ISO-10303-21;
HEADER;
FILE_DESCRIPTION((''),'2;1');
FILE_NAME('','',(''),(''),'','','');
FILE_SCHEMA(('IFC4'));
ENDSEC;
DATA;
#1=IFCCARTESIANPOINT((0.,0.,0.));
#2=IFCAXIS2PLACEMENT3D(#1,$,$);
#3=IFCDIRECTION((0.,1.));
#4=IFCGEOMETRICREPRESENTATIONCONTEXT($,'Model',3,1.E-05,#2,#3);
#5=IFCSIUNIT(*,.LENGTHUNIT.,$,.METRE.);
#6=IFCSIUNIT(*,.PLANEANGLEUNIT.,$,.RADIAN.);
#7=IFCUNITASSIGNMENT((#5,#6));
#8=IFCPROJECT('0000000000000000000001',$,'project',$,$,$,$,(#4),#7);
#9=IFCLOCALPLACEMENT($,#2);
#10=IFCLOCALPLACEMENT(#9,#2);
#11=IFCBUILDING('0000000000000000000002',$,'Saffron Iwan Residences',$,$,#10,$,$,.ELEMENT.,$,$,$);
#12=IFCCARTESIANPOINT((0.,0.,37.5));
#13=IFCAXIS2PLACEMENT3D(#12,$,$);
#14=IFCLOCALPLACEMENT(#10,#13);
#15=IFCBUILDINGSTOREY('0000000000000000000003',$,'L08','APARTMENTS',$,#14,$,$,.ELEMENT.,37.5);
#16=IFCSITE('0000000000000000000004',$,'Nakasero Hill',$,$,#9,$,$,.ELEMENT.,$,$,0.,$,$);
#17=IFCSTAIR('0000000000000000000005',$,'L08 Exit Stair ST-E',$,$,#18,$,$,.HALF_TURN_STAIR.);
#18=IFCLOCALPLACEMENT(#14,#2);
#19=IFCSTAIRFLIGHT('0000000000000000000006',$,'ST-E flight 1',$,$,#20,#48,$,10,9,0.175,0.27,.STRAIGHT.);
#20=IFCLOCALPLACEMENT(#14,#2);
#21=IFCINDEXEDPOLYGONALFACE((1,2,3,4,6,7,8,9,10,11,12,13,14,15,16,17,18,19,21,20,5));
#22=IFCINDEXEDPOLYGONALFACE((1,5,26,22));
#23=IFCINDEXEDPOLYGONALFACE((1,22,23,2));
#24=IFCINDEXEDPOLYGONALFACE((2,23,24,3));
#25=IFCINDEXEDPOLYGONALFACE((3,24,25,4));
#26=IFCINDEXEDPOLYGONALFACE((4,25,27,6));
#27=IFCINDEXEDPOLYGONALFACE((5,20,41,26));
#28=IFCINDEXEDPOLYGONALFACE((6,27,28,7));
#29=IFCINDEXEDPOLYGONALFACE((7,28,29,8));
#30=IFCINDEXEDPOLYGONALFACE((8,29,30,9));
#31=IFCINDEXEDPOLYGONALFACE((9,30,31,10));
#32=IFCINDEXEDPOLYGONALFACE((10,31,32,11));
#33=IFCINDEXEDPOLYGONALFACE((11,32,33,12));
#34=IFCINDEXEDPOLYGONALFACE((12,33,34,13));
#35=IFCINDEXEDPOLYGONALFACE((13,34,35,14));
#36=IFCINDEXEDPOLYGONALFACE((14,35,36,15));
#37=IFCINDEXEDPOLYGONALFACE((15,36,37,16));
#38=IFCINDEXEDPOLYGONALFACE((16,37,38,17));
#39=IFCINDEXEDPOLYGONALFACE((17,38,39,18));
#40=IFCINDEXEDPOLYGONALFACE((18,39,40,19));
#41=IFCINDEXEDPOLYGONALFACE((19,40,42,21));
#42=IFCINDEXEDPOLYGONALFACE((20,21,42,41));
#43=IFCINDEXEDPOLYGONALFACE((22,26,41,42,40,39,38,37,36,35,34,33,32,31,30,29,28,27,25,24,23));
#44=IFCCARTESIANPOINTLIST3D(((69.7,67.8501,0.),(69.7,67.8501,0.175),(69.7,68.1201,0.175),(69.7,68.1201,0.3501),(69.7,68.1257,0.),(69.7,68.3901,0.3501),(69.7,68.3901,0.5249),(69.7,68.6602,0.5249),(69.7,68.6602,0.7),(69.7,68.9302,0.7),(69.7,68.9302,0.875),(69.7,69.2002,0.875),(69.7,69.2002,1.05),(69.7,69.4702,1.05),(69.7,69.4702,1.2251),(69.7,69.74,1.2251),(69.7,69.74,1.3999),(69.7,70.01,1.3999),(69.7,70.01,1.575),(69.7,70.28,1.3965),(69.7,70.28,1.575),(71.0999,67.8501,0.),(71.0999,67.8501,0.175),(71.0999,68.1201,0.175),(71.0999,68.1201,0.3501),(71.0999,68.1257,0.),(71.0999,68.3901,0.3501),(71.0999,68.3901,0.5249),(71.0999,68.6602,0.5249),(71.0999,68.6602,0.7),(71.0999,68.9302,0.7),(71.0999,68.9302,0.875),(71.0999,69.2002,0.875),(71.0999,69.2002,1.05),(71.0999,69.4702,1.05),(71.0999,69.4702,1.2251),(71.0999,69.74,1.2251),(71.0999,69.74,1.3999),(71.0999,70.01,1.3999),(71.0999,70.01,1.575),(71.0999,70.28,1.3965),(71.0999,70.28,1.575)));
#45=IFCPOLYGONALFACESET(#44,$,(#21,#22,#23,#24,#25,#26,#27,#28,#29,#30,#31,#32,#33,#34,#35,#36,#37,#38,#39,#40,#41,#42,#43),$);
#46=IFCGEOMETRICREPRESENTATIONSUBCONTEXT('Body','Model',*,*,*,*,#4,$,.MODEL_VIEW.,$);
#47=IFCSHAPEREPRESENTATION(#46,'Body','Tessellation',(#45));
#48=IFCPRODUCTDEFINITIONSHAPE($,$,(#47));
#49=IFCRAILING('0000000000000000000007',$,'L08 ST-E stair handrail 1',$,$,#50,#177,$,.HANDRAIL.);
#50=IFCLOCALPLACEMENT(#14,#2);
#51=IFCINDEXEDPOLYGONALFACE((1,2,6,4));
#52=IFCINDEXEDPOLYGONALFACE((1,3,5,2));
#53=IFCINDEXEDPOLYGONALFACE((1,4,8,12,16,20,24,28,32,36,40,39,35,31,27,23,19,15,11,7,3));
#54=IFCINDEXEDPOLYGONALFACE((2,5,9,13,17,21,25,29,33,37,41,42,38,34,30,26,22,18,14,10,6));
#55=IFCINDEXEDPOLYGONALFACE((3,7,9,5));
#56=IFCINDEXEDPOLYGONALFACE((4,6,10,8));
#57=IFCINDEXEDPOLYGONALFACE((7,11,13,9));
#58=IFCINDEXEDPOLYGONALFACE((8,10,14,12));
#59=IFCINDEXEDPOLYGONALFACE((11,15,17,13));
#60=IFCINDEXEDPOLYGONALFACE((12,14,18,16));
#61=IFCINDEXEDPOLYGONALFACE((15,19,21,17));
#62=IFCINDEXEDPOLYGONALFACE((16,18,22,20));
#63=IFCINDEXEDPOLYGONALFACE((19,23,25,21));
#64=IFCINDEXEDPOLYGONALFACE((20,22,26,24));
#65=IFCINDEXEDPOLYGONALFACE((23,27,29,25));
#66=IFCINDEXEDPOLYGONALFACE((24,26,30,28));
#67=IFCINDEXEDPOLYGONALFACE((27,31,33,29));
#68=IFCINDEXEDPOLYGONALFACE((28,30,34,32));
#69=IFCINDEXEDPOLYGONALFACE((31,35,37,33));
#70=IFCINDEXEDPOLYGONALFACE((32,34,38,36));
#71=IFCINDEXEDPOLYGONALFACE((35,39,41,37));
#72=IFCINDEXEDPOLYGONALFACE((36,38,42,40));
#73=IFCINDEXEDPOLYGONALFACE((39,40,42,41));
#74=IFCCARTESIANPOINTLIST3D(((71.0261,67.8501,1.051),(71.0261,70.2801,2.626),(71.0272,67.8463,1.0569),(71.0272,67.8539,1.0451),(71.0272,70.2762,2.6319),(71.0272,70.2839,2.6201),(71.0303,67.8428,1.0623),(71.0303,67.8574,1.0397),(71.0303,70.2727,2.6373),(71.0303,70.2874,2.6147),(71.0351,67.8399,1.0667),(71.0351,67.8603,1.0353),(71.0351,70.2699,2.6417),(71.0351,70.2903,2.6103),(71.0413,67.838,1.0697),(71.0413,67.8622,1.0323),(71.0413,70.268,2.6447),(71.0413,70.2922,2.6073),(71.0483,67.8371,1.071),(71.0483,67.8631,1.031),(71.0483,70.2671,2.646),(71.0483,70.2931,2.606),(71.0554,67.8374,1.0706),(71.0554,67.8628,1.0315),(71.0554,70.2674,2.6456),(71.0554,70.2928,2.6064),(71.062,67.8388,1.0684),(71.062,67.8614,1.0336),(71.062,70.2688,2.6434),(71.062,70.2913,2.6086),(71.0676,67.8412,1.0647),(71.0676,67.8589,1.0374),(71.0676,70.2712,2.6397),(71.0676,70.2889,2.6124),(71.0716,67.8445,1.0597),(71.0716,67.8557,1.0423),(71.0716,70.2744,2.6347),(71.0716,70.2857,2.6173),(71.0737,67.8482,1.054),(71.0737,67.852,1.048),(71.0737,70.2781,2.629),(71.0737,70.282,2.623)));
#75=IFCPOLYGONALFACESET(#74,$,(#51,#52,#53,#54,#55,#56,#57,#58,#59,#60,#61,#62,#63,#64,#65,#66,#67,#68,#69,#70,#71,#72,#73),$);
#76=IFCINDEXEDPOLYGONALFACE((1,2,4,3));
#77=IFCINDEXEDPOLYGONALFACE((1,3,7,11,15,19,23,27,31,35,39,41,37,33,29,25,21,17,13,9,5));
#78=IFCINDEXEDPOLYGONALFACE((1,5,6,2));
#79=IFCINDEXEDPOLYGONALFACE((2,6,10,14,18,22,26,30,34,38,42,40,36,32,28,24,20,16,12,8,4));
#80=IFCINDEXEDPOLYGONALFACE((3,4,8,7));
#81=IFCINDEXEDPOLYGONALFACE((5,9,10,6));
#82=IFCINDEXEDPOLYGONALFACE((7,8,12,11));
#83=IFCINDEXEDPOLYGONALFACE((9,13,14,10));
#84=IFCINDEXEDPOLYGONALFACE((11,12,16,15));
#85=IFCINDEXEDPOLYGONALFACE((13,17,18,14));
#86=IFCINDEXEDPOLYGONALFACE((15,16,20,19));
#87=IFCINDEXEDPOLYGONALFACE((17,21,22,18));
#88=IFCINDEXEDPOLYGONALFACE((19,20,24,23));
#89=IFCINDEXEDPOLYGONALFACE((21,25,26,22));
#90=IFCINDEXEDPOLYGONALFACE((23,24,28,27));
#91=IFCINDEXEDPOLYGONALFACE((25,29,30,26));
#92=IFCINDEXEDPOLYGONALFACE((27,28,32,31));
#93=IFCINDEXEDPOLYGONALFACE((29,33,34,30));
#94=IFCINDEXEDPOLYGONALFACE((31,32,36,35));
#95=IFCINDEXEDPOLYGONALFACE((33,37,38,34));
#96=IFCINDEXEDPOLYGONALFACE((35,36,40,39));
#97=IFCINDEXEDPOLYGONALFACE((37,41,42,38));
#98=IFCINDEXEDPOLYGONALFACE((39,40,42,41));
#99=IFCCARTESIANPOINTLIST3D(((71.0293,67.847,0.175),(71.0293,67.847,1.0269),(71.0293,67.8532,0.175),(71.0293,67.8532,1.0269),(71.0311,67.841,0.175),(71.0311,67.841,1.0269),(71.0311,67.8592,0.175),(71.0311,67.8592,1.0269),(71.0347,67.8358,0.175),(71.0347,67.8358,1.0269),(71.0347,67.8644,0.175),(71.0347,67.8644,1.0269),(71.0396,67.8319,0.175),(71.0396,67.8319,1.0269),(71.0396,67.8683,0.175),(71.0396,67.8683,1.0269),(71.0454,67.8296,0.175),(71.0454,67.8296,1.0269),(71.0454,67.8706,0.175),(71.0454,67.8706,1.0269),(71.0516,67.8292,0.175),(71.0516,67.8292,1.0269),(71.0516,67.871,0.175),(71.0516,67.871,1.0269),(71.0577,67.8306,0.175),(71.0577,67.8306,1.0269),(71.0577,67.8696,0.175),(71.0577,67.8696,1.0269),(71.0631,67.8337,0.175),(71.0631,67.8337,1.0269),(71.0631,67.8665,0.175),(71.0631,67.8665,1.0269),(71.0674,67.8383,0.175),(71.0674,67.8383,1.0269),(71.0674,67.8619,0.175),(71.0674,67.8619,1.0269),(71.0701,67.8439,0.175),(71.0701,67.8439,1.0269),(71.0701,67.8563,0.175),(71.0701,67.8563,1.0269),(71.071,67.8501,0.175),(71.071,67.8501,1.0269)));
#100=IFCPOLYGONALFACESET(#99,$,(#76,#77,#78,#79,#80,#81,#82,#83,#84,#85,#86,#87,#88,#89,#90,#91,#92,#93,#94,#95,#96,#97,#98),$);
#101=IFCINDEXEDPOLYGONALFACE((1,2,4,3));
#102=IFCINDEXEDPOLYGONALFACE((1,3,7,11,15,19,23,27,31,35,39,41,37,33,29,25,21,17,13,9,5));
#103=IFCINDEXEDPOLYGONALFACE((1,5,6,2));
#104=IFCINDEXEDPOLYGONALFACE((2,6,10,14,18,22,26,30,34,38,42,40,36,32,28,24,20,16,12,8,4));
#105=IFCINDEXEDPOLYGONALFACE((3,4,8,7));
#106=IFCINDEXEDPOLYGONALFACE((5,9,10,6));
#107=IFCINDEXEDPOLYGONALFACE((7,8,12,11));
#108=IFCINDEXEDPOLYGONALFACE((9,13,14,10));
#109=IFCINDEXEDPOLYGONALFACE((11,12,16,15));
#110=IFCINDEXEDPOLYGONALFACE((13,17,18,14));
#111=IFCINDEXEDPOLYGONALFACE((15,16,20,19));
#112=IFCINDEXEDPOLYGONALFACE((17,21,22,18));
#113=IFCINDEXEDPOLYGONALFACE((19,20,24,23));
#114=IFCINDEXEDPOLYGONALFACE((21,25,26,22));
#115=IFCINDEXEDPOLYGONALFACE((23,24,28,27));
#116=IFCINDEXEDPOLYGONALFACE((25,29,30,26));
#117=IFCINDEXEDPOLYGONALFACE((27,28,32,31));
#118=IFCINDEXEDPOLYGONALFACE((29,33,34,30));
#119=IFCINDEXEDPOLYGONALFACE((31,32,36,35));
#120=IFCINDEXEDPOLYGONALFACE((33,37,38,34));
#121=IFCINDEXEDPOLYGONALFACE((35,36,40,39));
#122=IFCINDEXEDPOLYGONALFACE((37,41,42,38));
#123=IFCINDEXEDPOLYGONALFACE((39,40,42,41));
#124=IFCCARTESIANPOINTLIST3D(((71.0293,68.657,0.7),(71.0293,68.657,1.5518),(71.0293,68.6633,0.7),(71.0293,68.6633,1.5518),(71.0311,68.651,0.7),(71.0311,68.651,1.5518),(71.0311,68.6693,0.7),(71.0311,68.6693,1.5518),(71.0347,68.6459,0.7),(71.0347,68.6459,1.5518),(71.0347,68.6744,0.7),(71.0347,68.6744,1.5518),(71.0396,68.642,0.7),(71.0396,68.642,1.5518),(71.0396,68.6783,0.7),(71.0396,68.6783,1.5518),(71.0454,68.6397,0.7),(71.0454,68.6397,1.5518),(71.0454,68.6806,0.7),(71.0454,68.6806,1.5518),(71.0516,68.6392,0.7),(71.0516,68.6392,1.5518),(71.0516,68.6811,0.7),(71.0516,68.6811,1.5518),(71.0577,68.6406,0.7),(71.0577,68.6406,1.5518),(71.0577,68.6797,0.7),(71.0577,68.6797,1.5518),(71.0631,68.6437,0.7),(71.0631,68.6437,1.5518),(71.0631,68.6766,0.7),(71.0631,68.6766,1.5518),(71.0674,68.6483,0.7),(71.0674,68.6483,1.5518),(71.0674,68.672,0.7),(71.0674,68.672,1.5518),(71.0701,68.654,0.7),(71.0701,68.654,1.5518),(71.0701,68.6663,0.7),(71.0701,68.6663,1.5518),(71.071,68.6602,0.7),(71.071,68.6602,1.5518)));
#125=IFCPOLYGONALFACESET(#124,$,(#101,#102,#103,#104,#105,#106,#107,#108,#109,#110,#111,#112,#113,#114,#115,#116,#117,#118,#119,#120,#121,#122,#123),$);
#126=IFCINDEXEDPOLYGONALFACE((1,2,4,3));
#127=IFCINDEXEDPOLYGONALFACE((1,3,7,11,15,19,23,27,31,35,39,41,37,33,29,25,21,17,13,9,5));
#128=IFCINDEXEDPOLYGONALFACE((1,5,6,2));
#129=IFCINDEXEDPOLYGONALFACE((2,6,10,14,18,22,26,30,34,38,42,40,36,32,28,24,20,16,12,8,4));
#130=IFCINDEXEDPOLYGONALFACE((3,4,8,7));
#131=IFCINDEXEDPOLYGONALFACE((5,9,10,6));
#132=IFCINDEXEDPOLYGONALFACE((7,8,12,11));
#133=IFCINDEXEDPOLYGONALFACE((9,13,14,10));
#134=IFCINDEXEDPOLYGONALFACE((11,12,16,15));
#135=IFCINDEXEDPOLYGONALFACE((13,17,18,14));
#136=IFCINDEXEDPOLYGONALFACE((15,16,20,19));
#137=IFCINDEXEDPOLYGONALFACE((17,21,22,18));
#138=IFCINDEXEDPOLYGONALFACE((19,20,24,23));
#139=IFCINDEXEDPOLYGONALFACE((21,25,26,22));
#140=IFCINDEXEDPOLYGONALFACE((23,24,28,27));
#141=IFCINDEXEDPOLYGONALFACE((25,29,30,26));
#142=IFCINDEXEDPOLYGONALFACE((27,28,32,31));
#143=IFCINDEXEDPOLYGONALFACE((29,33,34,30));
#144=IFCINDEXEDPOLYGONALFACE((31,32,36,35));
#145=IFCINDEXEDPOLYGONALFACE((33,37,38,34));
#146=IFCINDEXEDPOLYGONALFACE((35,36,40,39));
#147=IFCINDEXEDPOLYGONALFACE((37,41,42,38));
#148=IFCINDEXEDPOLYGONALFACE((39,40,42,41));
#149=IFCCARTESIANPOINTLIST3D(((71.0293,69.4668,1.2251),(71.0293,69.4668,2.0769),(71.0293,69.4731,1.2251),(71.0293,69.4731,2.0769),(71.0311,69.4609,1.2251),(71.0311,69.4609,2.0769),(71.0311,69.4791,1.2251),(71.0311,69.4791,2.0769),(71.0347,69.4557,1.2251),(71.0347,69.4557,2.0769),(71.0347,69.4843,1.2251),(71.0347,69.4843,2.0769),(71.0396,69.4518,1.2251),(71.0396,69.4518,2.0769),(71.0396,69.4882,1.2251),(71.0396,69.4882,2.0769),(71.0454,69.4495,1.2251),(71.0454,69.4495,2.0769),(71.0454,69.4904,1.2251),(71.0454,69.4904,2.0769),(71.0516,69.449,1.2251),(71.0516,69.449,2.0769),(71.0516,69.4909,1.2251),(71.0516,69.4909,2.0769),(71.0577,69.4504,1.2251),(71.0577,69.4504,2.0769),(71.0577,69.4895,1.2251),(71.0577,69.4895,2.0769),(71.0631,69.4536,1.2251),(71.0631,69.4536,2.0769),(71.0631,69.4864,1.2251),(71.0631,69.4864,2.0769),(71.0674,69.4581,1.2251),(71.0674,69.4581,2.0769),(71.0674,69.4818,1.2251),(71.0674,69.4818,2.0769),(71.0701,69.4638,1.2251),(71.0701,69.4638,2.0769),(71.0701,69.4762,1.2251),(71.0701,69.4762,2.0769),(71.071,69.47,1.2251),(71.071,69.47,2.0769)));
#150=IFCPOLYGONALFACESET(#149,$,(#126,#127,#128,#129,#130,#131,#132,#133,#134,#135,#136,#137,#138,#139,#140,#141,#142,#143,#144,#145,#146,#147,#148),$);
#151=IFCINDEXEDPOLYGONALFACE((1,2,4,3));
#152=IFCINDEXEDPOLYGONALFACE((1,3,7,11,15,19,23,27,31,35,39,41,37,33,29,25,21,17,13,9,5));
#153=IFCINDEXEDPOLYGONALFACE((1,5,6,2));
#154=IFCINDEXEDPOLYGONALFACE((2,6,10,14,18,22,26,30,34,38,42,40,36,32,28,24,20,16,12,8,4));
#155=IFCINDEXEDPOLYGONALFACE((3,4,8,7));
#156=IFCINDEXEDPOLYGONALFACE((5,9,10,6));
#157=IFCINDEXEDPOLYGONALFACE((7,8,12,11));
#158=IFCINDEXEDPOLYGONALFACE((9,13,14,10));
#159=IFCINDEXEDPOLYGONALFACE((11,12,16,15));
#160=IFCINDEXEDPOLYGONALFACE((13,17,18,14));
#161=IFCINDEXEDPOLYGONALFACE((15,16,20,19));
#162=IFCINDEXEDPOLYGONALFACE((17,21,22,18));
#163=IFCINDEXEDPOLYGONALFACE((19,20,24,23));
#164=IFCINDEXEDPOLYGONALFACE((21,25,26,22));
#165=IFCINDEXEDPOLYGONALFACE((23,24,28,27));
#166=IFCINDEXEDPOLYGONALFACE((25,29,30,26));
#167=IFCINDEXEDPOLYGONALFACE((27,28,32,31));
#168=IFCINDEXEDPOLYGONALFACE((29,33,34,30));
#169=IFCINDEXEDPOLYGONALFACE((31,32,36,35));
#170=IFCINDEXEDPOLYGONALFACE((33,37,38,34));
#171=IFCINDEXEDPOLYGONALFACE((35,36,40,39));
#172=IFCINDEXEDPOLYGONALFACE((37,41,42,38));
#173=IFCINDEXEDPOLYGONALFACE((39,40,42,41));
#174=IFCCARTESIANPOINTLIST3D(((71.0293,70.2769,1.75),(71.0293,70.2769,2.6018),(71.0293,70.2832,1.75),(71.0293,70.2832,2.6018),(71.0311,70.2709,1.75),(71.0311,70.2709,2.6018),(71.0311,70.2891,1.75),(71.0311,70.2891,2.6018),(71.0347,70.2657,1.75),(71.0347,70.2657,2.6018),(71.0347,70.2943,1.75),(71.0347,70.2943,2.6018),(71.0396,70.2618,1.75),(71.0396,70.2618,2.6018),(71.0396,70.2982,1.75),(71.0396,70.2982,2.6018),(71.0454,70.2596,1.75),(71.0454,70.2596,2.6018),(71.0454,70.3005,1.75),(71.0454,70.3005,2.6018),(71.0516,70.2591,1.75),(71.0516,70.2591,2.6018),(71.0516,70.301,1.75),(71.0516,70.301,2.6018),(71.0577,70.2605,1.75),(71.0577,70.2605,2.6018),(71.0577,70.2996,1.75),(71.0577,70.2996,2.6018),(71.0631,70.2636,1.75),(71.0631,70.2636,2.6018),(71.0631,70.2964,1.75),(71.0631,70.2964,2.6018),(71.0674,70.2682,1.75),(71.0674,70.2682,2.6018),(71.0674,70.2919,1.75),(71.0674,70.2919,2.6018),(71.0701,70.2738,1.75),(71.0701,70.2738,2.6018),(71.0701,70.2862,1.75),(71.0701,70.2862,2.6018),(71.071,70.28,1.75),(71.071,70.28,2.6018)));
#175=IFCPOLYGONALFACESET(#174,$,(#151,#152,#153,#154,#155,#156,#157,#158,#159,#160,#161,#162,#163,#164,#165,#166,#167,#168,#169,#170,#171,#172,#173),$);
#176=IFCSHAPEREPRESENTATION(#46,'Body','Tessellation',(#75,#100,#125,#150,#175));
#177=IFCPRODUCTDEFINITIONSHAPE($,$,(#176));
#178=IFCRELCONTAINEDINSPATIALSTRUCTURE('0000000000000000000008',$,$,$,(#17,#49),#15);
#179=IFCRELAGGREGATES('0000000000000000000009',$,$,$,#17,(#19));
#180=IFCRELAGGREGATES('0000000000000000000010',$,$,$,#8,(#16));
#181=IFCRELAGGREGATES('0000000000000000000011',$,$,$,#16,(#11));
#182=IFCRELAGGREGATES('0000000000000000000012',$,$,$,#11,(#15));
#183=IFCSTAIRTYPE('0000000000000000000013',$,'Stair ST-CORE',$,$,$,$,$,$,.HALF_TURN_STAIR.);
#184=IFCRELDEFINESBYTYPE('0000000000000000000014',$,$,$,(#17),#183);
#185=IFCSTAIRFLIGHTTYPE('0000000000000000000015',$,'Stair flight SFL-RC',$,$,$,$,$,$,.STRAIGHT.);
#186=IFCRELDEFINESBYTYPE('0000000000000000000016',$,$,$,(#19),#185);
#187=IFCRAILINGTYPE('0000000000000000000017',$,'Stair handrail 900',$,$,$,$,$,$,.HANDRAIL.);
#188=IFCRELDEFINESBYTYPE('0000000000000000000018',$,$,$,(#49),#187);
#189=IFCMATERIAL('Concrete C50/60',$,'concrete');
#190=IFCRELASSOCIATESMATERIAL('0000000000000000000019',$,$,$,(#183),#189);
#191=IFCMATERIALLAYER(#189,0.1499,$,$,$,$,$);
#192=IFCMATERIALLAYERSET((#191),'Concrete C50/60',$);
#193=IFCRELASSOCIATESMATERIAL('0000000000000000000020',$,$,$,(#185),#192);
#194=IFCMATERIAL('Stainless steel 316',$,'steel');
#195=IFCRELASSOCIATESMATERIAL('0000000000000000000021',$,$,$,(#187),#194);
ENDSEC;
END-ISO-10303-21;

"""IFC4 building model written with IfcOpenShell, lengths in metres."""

from ifc_helpers import new_model, si_unit, direction, frame, origin, origin_2d, place, context, subcontext, project, spatial, polyline, circle, outline, extrude, material, layer, layer_set, type_object, element, aggregate, save


model = new_model("IFC4")

# Units and contexts
model_context = context("Model", 3, precision=1e-05, world=origin(), true_north=direction((0.0, 1.0)))
body_context = subcontext(model_context, "Body", "Model", "MODEL_VIEW")
ifc_project = project(units=[si_unit("LENGTHUNIT", "METRE"), si_unit("PLANEANGLEUNIT", "RADIAN")], contexts=[model_context])

# Site, building, storey
site_placement = place(None, origin())
site = spatial("IfcSite", under=ifc_project, at=site_placement, Name="Nakasero Hill", CompositionType="ELEMENT", RefElevation=0.0)
building_placement = place(site_placement, origin())
building = spatial("IfcBuilding", under=site, at=building_placement, Name="Saffron Iwan Residences", CompositionType="ELEMENT")
storey_placement = place(building_placement, frame((0.0, 0.0, 37.5)))
storey = spatial("IfcBuildingStorey", under=building, at=storey_placement, Name="L08", Description="APARTMENTS", CompositionType="ELEMENT", Elevation=37.5)

# Stair, stair flight
ifc_material_1 = material(Name="Concrete C50/60", Category="concrete")
stair_type = type_object("IfcStairType", Name="Stair ST-CORE", PredefinedType="HALF_TURN_STAIR", material=ifc_material_1)
stair_placement = place(storey_placement, origin())
stair = element("IfcStair", 1, at=stair_placement, inside=storey, type_object=stair_type, Name="L08 Exit Stair ST-E", PredefinedType="HALF_TURN_STAIR")
ifc_layer_1 = layer(ifc_material_1, 0.1499)
ifc_layer_set_1 = layer_set([ifc_layer_1], Name="Concrete C50/60")
stair_flight_type = type_object("IfcStairFlightType", Name="Stair flight SFL-RC", PredefinedType="STRAIGHT", material=ifc_layer_set_1)
stair_flight_placement = place(storey_placement, frame((70.3999, 67.8501, 0.0), z_axis=(0.0, 0.0, 1.0), x_axis=(0.0, 1.0, 0.0)))
stair_flight = element("IfcStairFlight", 2, at=stair_flight_placement, type_object=stair_flight_type, Name="ST-E flight 1", NumberOfRisers=10, NumberOfTreads=9, PredefinedType="STRAIGHT", RiserHeight=0.175, TreadLength=0.27, context=body_context, shape_type="SweptSolid", body=[
    extrude(outline(polyline([(0.0, 0.0), (0.0, 0.175), (0.27, 0.175), (0.27, 0.3501), (0.54, 0.3501), (0.54, 0.5249), (0.8101, 0.5249), (0.8101, 0.7), (1.0801, 0.7), (1.0801, 0.875), (1.3501, 0.875), (1.3501, 1.05), (1.6201, 1.05), (1.6201, 1.2251), (1.8899, 1.2251), (1.8899, 1.3999), (2.1599, 1.3999), (2.1599, 1.575), (2.4299, 1.575), (2.4299, 1.75), (2.4299, 1.3965), (0.2756, 0.0), (0.0, 0.0)])), frame((0.0, 0.7, 0.0), z_axis=(0.0, -1.0, 0.0), x_axis=(1.0, 0.0, 0.0)), (0.0, 0.0, 1.0), 1.3999),
])
aggregate(stair, [stair_flight])

# Railing
ifc_material_2 = material(Name="Stainless steel 316", Category="steel")
railing_type_1 = type_object("IfcRailingType", Name="Stair handrail 900", PredefinedType="HANDRAIL", material=ifc_material_2)
railing_1_placement = place(storey_placement, frame((71.05, 67.8501, 0.175)))
element("IfcRailing", 3, at=railing_1_placement, inside=storey, type_object=railing_type_1, Name="L08 ST-E stair handrail 1", PredefinedType="HANDRAIL", context=body_context, shape_type="SweptSolid", body=[
    extrude(circle(Radius=0.0239, at=origin_2d()), frame((0.0, 0.0, 0.876), z_axis=(0.0, 0.839154, 0.543894), x_axis=(-1.0, 0.0, 0.0)), (0.0, 0.0, 1.0), 2.8958),
    extrude(circle(Radius=0.021, at=origin_2d()), origin(), (0.0, 0.0, 1.0), 0.8518),
    extrude(circle(Radius=0.021, at=origin_2d()), frame((0.0, 0.8101, 0.5249)), (0.0, 0.0, 1.0), 0.8518),
    extrude(circle(Radius=0.021, at=origin_2d()), frame((0.0, 1.6199, 1.05)), (0.0, 0.0, 1.0), 0.8518),
    extrude(circle(Radius=0.021, at=origin_2d()), frame((0.0, 2.4299, 1.575)), (0.0, 0.0, 1.0), 0.8518),
])

save(model, "model.ifc")
